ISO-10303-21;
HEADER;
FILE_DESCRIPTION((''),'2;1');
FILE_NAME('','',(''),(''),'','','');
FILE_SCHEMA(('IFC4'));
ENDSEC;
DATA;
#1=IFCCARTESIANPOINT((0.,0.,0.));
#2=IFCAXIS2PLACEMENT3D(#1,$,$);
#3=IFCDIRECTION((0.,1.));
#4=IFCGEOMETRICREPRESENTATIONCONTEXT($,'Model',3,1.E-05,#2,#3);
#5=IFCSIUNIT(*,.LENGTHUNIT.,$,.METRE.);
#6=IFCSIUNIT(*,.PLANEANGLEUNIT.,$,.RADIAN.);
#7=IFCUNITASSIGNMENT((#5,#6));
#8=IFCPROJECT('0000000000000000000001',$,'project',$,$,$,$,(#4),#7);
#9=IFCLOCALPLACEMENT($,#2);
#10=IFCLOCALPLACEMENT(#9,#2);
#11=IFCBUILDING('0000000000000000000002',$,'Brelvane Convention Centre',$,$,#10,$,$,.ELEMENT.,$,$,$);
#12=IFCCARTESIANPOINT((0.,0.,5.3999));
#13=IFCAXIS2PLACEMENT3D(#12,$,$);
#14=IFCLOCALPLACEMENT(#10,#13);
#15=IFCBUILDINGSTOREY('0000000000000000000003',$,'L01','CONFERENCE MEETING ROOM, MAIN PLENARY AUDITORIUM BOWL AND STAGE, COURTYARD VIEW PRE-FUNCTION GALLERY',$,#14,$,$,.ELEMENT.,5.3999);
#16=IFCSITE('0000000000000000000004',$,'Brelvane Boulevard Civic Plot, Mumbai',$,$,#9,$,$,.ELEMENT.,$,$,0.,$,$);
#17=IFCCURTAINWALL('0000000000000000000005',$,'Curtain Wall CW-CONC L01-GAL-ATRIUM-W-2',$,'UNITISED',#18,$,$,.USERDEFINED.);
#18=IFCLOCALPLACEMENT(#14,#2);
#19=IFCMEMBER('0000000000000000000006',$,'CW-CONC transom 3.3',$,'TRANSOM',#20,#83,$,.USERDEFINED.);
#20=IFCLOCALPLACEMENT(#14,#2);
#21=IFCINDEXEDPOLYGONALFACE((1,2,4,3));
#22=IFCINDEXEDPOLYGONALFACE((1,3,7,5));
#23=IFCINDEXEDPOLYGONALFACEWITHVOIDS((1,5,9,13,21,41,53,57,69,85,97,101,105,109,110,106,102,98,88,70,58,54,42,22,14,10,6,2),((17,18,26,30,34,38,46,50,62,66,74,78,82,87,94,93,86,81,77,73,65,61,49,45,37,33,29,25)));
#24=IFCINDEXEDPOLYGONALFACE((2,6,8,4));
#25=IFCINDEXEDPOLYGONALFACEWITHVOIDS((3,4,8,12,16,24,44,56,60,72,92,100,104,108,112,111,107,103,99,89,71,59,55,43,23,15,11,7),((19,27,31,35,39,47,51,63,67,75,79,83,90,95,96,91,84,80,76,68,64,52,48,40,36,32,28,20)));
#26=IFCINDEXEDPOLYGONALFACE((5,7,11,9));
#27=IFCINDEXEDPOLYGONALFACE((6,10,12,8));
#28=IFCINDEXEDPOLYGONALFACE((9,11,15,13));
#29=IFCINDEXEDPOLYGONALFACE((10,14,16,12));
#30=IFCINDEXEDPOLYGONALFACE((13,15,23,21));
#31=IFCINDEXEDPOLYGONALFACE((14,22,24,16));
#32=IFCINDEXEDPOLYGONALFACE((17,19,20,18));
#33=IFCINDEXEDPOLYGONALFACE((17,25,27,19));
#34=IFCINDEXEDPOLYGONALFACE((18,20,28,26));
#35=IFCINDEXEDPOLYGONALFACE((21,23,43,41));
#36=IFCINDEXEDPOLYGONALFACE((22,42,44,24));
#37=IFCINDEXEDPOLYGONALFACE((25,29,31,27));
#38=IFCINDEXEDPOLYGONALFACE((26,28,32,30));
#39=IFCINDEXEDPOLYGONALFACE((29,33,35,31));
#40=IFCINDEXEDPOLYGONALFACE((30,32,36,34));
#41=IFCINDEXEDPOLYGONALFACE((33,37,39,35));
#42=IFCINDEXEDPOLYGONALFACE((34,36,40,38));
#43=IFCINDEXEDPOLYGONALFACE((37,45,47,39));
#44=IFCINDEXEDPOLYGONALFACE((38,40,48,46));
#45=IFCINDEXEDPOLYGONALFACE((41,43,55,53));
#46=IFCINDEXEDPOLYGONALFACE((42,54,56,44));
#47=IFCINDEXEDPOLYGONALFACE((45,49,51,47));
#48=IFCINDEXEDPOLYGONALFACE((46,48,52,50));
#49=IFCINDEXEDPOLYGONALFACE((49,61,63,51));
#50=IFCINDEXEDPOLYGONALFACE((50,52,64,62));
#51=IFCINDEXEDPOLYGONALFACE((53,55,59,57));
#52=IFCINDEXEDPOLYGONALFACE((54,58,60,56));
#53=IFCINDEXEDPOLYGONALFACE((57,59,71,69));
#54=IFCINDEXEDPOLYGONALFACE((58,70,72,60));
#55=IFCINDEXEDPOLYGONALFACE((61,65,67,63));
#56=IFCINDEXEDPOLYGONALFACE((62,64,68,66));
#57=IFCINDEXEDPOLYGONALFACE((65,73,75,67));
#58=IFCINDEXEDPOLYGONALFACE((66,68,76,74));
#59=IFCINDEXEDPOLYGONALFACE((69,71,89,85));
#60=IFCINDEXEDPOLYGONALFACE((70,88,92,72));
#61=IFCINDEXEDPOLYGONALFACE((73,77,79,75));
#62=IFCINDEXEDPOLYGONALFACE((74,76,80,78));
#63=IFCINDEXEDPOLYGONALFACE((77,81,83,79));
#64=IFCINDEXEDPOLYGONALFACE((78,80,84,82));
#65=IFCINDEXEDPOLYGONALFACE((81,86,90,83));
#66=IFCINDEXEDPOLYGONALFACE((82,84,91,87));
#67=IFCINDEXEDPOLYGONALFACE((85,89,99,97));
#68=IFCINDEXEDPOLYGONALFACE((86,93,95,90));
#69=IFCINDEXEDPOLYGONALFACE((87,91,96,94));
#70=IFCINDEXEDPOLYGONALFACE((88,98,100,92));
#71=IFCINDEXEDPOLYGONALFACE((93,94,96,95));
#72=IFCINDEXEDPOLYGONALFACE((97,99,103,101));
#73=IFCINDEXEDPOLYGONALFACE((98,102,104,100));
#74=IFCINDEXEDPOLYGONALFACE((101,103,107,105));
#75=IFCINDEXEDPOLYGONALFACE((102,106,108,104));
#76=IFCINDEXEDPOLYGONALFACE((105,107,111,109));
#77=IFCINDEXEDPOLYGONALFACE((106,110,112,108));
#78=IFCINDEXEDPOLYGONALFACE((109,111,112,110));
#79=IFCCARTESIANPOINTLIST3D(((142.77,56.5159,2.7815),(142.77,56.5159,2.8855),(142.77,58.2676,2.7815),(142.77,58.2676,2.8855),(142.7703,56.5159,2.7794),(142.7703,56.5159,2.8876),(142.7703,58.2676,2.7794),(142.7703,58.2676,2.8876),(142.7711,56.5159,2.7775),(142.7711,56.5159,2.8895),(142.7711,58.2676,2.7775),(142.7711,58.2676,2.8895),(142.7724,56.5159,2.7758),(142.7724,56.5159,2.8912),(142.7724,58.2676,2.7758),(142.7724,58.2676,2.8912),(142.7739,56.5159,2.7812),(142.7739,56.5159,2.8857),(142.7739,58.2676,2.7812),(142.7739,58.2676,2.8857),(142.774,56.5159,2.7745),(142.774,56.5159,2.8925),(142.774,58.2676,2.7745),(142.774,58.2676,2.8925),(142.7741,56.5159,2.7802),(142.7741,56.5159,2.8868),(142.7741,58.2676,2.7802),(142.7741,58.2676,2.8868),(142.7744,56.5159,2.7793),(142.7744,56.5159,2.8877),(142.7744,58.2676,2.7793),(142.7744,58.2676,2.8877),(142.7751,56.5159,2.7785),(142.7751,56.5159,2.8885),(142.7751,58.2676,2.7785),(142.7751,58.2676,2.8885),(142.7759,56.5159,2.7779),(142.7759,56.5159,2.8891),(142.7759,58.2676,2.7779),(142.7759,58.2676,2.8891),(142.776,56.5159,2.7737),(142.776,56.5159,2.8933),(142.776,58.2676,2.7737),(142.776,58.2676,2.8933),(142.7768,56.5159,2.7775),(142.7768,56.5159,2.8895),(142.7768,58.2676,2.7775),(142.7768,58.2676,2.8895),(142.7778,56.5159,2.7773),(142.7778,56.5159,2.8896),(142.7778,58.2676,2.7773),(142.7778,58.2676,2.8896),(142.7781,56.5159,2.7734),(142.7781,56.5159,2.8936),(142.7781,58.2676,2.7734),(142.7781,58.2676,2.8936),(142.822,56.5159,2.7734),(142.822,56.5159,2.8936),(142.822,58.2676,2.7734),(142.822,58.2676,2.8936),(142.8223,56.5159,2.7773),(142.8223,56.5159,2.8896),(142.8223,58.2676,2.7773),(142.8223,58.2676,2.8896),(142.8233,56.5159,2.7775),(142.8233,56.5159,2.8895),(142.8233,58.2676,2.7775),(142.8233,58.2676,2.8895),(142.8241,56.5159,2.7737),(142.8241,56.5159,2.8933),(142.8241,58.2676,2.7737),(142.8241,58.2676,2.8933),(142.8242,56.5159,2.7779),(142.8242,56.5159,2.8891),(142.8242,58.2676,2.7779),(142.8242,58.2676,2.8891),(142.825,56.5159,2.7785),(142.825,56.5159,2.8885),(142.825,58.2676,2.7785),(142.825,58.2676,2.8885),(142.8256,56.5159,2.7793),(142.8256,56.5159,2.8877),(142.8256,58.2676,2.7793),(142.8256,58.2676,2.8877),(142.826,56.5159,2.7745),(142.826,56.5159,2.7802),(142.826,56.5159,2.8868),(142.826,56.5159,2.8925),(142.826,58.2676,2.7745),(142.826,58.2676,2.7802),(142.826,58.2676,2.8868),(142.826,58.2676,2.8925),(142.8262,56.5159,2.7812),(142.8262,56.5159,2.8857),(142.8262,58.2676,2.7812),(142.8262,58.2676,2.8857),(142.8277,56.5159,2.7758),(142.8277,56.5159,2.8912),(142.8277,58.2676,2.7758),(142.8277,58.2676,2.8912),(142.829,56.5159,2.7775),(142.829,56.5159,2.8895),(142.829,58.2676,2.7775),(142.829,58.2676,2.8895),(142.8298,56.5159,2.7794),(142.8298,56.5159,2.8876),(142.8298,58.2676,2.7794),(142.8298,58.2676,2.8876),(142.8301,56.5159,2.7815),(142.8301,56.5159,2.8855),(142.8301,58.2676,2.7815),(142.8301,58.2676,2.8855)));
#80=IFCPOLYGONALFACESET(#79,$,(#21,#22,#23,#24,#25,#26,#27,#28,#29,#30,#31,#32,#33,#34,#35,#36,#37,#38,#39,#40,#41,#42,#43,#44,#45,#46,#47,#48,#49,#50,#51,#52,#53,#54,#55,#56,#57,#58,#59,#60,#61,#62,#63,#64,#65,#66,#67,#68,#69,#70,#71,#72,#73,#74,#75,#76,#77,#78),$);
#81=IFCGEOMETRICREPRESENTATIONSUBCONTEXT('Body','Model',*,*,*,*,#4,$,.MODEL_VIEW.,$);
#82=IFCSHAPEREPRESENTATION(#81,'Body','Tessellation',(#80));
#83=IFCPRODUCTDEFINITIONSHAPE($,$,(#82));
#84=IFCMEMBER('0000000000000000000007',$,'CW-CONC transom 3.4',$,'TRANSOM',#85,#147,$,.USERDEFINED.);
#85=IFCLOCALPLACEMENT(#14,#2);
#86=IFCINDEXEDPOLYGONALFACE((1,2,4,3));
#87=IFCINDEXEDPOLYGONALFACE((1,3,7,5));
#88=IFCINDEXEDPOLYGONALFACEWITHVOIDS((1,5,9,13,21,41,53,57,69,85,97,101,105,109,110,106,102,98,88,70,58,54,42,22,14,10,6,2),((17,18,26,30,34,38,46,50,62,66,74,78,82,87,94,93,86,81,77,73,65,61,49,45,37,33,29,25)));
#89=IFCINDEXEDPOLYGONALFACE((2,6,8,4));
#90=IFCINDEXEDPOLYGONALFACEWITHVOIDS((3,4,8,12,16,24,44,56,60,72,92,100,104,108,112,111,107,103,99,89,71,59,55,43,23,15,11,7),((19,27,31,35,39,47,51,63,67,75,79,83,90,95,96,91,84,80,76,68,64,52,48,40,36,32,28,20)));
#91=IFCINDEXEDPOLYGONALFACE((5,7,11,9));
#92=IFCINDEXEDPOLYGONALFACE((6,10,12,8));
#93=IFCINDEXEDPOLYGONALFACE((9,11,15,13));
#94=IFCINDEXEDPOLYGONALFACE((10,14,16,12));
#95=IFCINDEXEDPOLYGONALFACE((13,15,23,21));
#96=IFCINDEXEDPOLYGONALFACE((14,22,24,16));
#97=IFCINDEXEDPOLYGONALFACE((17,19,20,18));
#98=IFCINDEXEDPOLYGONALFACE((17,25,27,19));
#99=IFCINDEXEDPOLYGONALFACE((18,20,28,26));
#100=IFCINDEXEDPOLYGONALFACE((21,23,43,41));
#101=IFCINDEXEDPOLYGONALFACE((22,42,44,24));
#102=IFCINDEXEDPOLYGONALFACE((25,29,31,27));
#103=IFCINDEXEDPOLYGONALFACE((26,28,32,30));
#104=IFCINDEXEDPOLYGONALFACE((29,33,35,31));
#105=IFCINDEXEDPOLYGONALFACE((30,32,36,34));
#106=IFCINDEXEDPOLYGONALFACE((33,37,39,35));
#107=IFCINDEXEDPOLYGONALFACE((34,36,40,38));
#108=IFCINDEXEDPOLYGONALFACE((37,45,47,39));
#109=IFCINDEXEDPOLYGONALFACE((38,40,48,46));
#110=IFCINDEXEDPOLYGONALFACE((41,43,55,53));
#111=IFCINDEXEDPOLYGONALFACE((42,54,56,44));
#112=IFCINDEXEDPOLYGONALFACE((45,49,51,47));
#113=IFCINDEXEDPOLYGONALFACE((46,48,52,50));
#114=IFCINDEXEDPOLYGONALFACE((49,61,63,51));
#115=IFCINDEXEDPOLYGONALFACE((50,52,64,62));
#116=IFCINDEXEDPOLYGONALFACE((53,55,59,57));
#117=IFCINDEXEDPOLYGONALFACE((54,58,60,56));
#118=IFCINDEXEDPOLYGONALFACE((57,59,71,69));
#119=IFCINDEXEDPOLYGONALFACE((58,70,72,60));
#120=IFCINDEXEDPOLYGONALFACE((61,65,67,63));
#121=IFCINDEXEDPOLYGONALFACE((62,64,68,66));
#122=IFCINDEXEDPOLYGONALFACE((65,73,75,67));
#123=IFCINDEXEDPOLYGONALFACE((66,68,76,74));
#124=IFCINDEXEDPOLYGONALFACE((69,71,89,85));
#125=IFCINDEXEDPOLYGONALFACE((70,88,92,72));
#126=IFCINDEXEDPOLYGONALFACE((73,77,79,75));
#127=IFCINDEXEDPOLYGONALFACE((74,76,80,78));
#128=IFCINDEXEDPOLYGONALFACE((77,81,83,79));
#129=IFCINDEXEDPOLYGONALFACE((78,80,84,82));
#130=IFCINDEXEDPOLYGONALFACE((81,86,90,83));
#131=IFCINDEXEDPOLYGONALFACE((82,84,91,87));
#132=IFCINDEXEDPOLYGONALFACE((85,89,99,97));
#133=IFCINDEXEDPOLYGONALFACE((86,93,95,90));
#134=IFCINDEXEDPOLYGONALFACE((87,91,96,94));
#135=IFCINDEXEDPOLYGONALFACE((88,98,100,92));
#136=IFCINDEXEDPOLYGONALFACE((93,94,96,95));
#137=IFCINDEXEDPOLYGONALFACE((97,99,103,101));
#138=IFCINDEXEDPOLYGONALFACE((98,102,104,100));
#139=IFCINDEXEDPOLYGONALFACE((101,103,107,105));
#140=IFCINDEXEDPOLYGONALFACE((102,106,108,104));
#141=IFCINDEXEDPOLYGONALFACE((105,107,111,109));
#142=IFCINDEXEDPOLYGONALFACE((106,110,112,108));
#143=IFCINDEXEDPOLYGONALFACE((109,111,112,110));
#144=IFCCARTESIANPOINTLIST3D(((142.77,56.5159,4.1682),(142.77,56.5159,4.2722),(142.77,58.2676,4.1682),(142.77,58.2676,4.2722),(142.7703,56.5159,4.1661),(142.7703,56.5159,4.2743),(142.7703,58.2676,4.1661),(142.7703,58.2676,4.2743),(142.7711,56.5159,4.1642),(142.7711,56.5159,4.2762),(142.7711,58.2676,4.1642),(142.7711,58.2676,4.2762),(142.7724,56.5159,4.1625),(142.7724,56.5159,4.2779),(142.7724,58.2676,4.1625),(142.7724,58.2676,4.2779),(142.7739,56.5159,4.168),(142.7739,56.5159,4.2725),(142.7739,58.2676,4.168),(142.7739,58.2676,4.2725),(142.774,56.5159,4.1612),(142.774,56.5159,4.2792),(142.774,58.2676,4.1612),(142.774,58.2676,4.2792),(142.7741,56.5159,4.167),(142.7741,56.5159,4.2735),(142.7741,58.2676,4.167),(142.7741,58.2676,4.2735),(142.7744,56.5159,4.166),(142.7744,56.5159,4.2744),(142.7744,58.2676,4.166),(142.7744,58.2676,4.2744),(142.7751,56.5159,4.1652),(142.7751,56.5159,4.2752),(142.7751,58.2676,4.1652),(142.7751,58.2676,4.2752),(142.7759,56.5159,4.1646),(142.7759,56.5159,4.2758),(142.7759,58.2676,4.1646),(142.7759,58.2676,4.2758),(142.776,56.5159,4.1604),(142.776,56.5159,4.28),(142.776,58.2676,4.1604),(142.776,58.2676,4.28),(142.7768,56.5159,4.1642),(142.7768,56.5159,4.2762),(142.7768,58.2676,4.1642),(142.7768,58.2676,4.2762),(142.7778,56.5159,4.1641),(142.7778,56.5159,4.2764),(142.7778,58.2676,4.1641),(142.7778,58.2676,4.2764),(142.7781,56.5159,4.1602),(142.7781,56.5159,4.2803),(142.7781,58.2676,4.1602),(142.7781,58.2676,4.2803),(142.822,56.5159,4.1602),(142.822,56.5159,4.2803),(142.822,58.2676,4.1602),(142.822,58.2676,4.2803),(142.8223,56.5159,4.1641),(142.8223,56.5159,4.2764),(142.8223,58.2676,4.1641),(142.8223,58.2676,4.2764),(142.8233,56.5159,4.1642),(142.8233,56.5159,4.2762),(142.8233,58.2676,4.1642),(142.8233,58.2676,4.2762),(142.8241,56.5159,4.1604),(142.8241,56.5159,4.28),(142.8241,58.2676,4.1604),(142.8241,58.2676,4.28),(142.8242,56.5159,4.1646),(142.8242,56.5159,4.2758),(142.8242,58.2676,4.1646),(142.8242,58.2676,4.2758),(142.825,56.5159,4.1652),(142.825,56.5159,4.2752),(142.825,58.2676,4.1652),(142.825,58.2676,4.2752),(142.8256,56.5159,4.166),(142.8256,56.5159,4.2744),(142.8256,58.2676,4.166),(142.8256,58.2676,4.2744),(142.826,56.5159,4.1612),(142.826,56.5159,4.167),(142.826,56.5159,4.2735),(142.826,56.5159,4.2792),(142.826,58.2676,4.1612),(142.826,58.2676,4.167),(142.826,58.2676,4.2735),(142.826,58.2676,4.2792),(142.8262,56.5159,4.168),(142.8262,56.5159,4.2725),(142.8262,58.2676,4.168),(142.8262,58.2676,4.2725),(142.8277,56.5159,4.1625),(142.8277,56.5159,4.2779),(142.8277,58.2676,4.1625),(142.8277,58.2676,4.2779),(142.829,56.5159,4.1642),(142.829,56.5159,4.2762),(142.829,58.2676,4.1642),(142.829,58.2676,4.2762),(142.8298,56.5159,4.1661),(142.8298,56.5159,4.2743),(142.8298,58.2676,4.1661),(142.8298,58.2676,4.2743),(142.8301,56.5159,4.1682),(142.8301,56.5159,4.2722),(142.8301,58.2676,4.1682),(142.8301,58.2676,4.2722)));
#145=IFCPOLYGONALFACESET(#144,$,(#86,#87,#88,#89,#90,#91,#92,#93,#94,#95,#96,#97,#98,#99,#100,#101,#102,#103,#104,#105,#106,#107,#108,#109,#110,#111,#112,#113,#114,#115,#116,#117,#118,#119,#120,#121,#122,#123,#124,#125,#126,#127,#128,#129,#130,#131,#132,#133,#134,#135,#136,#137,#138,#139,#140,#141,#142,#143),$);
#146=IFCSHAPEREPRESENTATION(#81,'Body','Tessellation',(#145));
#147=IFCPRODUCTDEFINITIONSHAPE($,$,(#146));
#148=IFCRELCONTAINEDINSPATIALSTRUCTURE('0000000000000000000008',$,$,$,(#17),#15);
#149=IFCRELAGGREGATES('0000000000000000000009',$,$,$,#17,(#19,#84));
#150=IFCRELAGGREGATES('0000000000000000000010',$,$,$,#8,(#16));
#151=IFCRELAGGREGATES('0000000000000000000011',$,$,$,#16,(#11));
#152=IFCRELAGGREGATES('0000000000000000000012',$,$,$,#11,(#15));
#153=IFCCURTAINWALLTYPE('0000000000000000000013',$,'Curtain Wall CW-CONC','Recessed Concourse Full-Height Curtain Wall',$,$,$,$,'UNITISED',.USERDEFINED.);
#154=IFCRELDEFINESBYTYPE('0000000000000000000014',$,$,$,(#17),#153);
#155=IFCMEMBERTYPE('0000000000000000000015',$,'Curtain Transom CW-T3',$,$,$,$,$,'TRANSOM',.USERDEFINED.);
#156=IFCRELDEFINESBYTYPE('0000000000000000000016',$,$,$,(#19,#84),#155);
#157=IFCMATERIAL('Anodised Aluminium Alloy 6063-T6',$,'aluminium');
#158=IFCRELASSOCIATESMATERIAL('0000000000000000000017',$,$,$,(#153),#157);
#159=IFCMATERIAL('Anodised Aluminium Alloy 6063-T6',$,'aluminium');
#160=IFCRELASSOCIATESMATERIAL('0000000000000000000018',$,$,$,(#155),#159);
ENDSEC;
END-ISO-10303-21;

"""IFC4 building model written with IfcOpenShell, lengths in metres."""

from ifc_helpers import new_model, si_unit, direction, frame, origin, origin_2d, place, context, subcontext, project, spatial, hollow_rectangle, extrude, material, material_profile, profile_set, type_object, element, aggregate, save


model = new_model("IFC4")

# Units and contexts
model_context = context("Model", 3, precision=1e-05, world=origin(), true_north=direction((0.0, 1.0)))
body_context = subcontext(model_context, "Body", "Model", "MODEL_VIEW")
ifc_project = project(units=[si_unit("LENGTHUNIT", "METRE"), si_unit("PLANEANGLEUNIT", "RADIAN")], contexts=[model_context])

# Site, building, storey
site_placement = place(None, origin())
site = spatial("IfcSite", under=ifc_project, at=site_placement, Name="Brelvane Boulevard Civic Plot, Mumbai", CompositionType="ELEMENT", RefElevation=0.0)
building_placement = place(site_placement, origin())
building = spatial("IfcBuilding", under=site, at=building_placement, Name="Brelvane Convention Centre", CompositionType="ELEMENT")
storey_placement = place(building_placement, frame((0.0, 0.0, 5.3999)))
storey = spatial("IfcBuildingStorey", under=building, at=storey_placement, Name="L01", Description="CONFERENCE MEETING ROOM, MAIN PLENARY AUDITORIUM BOWL AND STAGE, COURTYARD VIEW PRE-FUNCTION GALLERY", CompositionType="ELEMENT", Elevation=5.3999)

# Curtain wall, members
ifc_material_1 = material(Name="Anodised Aluminium Alloy 6063-T6", Category="aluminium")
curtain_wall_type = type_object("IfcCurtainWallType", Name="Curtain Wall CW-CONC", Description="Recessed Concourse Full-Height Curtain Wall", ElementType="UNITISED", PredefinedType="USERDEFINED", material=ifc_material_1)
curtain_wall_placement = place(storey_placement, origin())
curtain_wall = element("IfcCurtainWall", 1, at=curtain_wall_placement, inside=storey, type_object=curtain_wall_type, Name="Curtain Wall CW-CONC L01-GAL-ATRIUM-W-2", ObjectType="UNITISED", PredefinedType="USERDEFINED")
ifc_material_2 = material(Name="Anodised Aluminium Alloy 6063-T6", Category="aluminium")
ifc_material_profile_1 = material_profile(ifc_material_2, hollow_rectangle(XDim=0.0601, YDim=0.1201, WallThickness=0.0039, InnerFilletRadius=0.0039, OuterFilletRadius=0.0081, at=origin_2d()), Name="ALU-T 120x60x4.0")
ifc_profile_set_1 = profile_set([ifc_material_profile_1], Name="Anodised Aluminium Alloy 6063-T6")
member_type_1 = type_object("IfcMemberType", Name="Curtain Transom CW-T3", ElementType="TRANSOM", PredefinedType="USERDEFINED", material=ifc_profile_set_1)
member_1_placement = place(storey_placement, frame((142.8, 56.5159, 2.8335), z_axis=(0.0, 1.0, 0.0), x_axis=(-1.0, 0.0, 0.0)))
member_1 = element("IfcMember", 2, at=member_1_placement, type_object=member_type_1, Name="CW-CONC transom 3.3", ObjectType="TRANSOM", PredefinedType="USERDEFINED", context=body_context, shape_type="SweptSolid", body=[
    extrude(hollow_rectangle(XDim=0.0601, YDim=0.1201, WallThickness=0.0039, InnerFilletRadius=0.0039, OuterFilletRadius=0.0081, at=origin_2d()), origin(), (0.0, 0.0, 1.0), 1.7517),
])
member_2_placement = place(storey_placement, frame((142.8, 56.5159, 4.2202), z_axis=(0.0, 1.0, 0.0), x_axis=(-1.0, 0.0, 0.0)))
member_2 = element("IfcMember", 3, at=member_2_placement, type_object=member_type_1, Name="CW-CONC transom 3.4", ObjectType="TRANSOM", PredefinedType="USERDEFINED", context=body_context, shape_type="SweptSolid", body=[
    extrude(hollow_rectangle(XDim=0.0601, YDim=0.1201, WallThickness=0.0039, InnerFilletRadius=0.0039, OuterFilletRadius=0.0081, at=origin_2d()), origin(), (0.0, 0.0, 1.0), 1.7517),
])

aggregate(curtain_wall, [member_1, member_2])

save(model, "model.ifc")
